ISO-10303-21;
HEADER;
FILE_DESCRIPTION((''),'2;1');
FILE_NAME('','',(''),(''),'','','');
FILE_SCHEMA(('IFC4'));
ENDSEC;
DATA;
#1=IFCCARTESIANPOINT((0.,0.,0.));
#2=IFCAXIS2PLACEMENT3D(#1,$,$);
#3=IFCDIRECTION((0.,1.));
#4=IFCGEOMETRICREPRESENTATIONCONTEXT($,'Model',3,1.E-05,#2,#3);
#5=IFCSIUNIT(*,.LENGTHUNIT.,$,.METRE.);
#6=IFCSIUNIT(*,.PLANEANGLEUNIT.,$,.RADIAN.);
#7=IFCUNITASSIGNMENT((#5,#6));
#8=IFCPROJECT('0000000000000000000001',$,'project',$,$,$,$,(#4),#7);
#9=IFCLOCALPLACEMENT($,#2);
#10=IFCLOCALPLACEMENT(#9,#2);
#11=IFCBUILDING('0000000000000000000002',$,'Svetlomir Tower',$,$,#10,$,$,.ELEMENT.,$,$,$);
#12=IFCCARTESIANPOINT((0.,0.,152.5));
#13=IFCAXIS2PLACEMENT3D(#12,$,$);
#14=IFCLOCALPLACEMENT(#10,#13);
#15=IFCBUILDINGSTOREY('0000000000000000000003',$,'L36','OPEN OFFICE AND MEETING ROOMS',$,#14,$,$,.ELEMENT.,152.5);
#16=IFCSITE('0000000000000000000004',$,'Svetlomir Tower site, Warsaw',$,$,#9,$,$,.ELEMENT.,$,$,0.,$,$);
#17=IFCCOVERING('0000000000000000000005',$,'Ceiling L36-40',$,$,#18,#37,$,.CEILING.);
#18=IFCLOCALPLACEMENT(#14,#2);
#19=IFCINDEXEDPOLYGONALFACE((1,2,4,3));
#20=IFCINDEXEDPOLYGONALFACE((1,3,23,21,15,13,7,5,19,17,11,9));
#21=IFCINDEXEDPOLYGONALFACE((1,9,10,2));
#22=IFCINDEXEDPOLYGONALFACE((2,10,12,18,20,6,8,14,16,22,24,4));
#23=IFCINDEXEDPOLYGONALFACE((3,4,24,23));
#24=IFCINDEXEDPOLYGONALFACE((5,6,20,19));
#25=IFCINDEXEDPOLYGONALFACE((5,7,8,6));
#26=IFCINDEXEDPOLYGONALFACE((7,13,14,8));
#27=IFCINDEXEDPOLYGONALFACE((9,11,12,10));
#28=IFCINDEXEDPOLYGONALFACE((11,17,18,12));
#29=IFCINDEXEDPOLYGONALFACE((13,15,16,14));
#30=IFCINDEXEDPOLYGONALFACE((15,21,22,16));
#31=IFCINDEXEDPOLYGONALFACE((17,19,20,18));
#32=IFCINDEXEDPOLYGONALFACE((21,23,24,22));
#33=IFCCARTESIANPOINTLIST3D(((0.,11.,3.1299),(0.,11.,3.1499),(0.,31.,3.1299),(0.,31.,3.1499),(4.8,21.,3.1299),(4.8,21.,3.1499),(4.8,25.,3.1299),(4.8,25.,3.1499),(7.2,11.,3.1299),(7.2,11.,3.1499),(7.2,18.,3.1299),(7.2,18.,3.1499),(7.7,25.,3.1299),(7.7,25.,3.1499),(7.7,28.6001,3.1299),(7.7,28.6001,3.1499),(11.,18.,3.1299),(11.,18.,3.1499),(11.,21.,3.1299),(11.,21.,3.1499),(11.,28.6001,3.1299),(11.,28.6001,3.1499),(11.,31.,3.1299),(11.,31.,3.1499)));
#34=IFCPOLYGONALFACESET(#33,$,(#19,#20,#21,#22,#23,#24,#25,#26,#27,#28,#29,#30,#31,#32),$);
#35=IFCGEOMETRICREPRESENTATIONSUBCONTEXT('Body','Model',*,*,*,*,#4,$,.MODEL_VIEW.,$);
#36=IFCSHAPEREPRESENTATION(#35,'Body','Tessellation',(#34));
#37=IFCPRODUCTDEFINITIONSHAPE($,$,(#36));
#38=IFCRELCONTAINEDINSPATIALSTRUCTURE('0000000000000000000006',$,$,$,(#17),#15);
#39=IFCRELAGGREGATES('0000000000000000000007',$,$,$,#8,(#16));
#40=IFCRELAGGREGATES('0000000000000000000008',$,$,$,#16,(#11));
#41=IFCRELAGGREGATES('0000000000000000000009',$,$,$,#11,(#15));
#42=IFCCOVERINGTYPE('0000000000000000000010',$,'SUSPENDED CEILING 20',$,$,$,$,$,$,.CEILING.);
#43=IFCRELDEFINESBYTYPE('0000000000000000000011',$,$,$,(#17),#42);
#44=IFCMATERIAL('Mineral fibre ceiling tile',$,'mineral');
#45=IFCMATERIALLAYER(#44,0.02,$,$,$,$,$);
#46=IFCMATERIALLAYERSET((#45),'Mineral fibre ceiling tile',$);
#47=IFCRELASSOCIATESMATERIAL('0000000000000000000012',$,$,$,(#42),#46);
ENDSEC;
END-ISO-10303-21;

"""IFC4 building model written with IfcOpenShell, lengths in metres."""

from ifc_helpers import new_model, si_unit, direction, frame, origin, place, context, subcontext, project, spatial, polyline, outline, extrude, material, layer, layer_set, type_object, element, save


model = new_model("IFC4")

# Units and contexts
model_context = context("Model", 3, precision=1e-05, world=origin(), true_north=direction((0.0, 1.0)))
body_context = subcontext(model_context, "Body", "Model", "MODEL_VIEW")
ifc_project = project(units=[si_unit("LENGTHUNIT", "METRE"), si_unit("PLANEANGLEUNIT", "RADIAN")], contexts=[model_context])

# Site, building, storey
site_placement = place(None, origin())
site = spatial("IfcSite", under=ifc_project, at=site_placement, Name="Svetlomir Tower site, Warsaw", CompositionType="ELEMENT", RefElevation=0.0)
building_placement = place(site_placement, origin())
building = spatial("IfcBuilding", under=site, at=building_placement, Name="Svetlomir Tower", CompositionType="ELEMENT")
storey_placement = place(building_placement, frame((0.0, 0.0, 152.5)))
storey = spatial("IfcBuildingStorey", under=building, at=storey_placement, Name="L36", Description="OPEN OFFICE AND MEETING ROOMS", CompositionType="ELEMENT", Elevation=152.5)

# Covering
ifc_material_1 = material(Name="Mineral fibre ceiling tile", Category="mineral")
ifc_layer_1 = layer(ifc_material_1, 0.02)
ifc_layer_set_1 = layer_set([ifc_layer_1], Name="Mineral fibre ceiling tile")
covering_type_1 = type_object("IfcCoveringType", Name="SUSPENDED CEILING 20", PredefinedType="CEILING", material=ifc_layer_set_1)
covering_1_placement = place(storey_placement, frame((0.0, 0.0, 3.1299)))
element("IfcCovering", 1, at=covering_1_placement, inside=storey, type_object=covering_type_1, Name="Ceiling L36-40", PredefinedType="CEILING", context=body_context, shape_type="SweptSolid", body=[
    extrude(outline(polyline([(11.0, 31.0), (11.0, 28.6001), (7.7, 28.6001), (7.7, 25.0), (4.8, 25.0), (4.8, 21.0), (11.0, 21.0), (11.0, 18.0), (7.2, 18.0), (7.2, 11.0), (0.0, 11.0), (0.0, 31.0), (11.0, 31.0)])), origin(), (0.0, 0.0, 1.0), 0.02),
])

save(model, "model.ifc")
